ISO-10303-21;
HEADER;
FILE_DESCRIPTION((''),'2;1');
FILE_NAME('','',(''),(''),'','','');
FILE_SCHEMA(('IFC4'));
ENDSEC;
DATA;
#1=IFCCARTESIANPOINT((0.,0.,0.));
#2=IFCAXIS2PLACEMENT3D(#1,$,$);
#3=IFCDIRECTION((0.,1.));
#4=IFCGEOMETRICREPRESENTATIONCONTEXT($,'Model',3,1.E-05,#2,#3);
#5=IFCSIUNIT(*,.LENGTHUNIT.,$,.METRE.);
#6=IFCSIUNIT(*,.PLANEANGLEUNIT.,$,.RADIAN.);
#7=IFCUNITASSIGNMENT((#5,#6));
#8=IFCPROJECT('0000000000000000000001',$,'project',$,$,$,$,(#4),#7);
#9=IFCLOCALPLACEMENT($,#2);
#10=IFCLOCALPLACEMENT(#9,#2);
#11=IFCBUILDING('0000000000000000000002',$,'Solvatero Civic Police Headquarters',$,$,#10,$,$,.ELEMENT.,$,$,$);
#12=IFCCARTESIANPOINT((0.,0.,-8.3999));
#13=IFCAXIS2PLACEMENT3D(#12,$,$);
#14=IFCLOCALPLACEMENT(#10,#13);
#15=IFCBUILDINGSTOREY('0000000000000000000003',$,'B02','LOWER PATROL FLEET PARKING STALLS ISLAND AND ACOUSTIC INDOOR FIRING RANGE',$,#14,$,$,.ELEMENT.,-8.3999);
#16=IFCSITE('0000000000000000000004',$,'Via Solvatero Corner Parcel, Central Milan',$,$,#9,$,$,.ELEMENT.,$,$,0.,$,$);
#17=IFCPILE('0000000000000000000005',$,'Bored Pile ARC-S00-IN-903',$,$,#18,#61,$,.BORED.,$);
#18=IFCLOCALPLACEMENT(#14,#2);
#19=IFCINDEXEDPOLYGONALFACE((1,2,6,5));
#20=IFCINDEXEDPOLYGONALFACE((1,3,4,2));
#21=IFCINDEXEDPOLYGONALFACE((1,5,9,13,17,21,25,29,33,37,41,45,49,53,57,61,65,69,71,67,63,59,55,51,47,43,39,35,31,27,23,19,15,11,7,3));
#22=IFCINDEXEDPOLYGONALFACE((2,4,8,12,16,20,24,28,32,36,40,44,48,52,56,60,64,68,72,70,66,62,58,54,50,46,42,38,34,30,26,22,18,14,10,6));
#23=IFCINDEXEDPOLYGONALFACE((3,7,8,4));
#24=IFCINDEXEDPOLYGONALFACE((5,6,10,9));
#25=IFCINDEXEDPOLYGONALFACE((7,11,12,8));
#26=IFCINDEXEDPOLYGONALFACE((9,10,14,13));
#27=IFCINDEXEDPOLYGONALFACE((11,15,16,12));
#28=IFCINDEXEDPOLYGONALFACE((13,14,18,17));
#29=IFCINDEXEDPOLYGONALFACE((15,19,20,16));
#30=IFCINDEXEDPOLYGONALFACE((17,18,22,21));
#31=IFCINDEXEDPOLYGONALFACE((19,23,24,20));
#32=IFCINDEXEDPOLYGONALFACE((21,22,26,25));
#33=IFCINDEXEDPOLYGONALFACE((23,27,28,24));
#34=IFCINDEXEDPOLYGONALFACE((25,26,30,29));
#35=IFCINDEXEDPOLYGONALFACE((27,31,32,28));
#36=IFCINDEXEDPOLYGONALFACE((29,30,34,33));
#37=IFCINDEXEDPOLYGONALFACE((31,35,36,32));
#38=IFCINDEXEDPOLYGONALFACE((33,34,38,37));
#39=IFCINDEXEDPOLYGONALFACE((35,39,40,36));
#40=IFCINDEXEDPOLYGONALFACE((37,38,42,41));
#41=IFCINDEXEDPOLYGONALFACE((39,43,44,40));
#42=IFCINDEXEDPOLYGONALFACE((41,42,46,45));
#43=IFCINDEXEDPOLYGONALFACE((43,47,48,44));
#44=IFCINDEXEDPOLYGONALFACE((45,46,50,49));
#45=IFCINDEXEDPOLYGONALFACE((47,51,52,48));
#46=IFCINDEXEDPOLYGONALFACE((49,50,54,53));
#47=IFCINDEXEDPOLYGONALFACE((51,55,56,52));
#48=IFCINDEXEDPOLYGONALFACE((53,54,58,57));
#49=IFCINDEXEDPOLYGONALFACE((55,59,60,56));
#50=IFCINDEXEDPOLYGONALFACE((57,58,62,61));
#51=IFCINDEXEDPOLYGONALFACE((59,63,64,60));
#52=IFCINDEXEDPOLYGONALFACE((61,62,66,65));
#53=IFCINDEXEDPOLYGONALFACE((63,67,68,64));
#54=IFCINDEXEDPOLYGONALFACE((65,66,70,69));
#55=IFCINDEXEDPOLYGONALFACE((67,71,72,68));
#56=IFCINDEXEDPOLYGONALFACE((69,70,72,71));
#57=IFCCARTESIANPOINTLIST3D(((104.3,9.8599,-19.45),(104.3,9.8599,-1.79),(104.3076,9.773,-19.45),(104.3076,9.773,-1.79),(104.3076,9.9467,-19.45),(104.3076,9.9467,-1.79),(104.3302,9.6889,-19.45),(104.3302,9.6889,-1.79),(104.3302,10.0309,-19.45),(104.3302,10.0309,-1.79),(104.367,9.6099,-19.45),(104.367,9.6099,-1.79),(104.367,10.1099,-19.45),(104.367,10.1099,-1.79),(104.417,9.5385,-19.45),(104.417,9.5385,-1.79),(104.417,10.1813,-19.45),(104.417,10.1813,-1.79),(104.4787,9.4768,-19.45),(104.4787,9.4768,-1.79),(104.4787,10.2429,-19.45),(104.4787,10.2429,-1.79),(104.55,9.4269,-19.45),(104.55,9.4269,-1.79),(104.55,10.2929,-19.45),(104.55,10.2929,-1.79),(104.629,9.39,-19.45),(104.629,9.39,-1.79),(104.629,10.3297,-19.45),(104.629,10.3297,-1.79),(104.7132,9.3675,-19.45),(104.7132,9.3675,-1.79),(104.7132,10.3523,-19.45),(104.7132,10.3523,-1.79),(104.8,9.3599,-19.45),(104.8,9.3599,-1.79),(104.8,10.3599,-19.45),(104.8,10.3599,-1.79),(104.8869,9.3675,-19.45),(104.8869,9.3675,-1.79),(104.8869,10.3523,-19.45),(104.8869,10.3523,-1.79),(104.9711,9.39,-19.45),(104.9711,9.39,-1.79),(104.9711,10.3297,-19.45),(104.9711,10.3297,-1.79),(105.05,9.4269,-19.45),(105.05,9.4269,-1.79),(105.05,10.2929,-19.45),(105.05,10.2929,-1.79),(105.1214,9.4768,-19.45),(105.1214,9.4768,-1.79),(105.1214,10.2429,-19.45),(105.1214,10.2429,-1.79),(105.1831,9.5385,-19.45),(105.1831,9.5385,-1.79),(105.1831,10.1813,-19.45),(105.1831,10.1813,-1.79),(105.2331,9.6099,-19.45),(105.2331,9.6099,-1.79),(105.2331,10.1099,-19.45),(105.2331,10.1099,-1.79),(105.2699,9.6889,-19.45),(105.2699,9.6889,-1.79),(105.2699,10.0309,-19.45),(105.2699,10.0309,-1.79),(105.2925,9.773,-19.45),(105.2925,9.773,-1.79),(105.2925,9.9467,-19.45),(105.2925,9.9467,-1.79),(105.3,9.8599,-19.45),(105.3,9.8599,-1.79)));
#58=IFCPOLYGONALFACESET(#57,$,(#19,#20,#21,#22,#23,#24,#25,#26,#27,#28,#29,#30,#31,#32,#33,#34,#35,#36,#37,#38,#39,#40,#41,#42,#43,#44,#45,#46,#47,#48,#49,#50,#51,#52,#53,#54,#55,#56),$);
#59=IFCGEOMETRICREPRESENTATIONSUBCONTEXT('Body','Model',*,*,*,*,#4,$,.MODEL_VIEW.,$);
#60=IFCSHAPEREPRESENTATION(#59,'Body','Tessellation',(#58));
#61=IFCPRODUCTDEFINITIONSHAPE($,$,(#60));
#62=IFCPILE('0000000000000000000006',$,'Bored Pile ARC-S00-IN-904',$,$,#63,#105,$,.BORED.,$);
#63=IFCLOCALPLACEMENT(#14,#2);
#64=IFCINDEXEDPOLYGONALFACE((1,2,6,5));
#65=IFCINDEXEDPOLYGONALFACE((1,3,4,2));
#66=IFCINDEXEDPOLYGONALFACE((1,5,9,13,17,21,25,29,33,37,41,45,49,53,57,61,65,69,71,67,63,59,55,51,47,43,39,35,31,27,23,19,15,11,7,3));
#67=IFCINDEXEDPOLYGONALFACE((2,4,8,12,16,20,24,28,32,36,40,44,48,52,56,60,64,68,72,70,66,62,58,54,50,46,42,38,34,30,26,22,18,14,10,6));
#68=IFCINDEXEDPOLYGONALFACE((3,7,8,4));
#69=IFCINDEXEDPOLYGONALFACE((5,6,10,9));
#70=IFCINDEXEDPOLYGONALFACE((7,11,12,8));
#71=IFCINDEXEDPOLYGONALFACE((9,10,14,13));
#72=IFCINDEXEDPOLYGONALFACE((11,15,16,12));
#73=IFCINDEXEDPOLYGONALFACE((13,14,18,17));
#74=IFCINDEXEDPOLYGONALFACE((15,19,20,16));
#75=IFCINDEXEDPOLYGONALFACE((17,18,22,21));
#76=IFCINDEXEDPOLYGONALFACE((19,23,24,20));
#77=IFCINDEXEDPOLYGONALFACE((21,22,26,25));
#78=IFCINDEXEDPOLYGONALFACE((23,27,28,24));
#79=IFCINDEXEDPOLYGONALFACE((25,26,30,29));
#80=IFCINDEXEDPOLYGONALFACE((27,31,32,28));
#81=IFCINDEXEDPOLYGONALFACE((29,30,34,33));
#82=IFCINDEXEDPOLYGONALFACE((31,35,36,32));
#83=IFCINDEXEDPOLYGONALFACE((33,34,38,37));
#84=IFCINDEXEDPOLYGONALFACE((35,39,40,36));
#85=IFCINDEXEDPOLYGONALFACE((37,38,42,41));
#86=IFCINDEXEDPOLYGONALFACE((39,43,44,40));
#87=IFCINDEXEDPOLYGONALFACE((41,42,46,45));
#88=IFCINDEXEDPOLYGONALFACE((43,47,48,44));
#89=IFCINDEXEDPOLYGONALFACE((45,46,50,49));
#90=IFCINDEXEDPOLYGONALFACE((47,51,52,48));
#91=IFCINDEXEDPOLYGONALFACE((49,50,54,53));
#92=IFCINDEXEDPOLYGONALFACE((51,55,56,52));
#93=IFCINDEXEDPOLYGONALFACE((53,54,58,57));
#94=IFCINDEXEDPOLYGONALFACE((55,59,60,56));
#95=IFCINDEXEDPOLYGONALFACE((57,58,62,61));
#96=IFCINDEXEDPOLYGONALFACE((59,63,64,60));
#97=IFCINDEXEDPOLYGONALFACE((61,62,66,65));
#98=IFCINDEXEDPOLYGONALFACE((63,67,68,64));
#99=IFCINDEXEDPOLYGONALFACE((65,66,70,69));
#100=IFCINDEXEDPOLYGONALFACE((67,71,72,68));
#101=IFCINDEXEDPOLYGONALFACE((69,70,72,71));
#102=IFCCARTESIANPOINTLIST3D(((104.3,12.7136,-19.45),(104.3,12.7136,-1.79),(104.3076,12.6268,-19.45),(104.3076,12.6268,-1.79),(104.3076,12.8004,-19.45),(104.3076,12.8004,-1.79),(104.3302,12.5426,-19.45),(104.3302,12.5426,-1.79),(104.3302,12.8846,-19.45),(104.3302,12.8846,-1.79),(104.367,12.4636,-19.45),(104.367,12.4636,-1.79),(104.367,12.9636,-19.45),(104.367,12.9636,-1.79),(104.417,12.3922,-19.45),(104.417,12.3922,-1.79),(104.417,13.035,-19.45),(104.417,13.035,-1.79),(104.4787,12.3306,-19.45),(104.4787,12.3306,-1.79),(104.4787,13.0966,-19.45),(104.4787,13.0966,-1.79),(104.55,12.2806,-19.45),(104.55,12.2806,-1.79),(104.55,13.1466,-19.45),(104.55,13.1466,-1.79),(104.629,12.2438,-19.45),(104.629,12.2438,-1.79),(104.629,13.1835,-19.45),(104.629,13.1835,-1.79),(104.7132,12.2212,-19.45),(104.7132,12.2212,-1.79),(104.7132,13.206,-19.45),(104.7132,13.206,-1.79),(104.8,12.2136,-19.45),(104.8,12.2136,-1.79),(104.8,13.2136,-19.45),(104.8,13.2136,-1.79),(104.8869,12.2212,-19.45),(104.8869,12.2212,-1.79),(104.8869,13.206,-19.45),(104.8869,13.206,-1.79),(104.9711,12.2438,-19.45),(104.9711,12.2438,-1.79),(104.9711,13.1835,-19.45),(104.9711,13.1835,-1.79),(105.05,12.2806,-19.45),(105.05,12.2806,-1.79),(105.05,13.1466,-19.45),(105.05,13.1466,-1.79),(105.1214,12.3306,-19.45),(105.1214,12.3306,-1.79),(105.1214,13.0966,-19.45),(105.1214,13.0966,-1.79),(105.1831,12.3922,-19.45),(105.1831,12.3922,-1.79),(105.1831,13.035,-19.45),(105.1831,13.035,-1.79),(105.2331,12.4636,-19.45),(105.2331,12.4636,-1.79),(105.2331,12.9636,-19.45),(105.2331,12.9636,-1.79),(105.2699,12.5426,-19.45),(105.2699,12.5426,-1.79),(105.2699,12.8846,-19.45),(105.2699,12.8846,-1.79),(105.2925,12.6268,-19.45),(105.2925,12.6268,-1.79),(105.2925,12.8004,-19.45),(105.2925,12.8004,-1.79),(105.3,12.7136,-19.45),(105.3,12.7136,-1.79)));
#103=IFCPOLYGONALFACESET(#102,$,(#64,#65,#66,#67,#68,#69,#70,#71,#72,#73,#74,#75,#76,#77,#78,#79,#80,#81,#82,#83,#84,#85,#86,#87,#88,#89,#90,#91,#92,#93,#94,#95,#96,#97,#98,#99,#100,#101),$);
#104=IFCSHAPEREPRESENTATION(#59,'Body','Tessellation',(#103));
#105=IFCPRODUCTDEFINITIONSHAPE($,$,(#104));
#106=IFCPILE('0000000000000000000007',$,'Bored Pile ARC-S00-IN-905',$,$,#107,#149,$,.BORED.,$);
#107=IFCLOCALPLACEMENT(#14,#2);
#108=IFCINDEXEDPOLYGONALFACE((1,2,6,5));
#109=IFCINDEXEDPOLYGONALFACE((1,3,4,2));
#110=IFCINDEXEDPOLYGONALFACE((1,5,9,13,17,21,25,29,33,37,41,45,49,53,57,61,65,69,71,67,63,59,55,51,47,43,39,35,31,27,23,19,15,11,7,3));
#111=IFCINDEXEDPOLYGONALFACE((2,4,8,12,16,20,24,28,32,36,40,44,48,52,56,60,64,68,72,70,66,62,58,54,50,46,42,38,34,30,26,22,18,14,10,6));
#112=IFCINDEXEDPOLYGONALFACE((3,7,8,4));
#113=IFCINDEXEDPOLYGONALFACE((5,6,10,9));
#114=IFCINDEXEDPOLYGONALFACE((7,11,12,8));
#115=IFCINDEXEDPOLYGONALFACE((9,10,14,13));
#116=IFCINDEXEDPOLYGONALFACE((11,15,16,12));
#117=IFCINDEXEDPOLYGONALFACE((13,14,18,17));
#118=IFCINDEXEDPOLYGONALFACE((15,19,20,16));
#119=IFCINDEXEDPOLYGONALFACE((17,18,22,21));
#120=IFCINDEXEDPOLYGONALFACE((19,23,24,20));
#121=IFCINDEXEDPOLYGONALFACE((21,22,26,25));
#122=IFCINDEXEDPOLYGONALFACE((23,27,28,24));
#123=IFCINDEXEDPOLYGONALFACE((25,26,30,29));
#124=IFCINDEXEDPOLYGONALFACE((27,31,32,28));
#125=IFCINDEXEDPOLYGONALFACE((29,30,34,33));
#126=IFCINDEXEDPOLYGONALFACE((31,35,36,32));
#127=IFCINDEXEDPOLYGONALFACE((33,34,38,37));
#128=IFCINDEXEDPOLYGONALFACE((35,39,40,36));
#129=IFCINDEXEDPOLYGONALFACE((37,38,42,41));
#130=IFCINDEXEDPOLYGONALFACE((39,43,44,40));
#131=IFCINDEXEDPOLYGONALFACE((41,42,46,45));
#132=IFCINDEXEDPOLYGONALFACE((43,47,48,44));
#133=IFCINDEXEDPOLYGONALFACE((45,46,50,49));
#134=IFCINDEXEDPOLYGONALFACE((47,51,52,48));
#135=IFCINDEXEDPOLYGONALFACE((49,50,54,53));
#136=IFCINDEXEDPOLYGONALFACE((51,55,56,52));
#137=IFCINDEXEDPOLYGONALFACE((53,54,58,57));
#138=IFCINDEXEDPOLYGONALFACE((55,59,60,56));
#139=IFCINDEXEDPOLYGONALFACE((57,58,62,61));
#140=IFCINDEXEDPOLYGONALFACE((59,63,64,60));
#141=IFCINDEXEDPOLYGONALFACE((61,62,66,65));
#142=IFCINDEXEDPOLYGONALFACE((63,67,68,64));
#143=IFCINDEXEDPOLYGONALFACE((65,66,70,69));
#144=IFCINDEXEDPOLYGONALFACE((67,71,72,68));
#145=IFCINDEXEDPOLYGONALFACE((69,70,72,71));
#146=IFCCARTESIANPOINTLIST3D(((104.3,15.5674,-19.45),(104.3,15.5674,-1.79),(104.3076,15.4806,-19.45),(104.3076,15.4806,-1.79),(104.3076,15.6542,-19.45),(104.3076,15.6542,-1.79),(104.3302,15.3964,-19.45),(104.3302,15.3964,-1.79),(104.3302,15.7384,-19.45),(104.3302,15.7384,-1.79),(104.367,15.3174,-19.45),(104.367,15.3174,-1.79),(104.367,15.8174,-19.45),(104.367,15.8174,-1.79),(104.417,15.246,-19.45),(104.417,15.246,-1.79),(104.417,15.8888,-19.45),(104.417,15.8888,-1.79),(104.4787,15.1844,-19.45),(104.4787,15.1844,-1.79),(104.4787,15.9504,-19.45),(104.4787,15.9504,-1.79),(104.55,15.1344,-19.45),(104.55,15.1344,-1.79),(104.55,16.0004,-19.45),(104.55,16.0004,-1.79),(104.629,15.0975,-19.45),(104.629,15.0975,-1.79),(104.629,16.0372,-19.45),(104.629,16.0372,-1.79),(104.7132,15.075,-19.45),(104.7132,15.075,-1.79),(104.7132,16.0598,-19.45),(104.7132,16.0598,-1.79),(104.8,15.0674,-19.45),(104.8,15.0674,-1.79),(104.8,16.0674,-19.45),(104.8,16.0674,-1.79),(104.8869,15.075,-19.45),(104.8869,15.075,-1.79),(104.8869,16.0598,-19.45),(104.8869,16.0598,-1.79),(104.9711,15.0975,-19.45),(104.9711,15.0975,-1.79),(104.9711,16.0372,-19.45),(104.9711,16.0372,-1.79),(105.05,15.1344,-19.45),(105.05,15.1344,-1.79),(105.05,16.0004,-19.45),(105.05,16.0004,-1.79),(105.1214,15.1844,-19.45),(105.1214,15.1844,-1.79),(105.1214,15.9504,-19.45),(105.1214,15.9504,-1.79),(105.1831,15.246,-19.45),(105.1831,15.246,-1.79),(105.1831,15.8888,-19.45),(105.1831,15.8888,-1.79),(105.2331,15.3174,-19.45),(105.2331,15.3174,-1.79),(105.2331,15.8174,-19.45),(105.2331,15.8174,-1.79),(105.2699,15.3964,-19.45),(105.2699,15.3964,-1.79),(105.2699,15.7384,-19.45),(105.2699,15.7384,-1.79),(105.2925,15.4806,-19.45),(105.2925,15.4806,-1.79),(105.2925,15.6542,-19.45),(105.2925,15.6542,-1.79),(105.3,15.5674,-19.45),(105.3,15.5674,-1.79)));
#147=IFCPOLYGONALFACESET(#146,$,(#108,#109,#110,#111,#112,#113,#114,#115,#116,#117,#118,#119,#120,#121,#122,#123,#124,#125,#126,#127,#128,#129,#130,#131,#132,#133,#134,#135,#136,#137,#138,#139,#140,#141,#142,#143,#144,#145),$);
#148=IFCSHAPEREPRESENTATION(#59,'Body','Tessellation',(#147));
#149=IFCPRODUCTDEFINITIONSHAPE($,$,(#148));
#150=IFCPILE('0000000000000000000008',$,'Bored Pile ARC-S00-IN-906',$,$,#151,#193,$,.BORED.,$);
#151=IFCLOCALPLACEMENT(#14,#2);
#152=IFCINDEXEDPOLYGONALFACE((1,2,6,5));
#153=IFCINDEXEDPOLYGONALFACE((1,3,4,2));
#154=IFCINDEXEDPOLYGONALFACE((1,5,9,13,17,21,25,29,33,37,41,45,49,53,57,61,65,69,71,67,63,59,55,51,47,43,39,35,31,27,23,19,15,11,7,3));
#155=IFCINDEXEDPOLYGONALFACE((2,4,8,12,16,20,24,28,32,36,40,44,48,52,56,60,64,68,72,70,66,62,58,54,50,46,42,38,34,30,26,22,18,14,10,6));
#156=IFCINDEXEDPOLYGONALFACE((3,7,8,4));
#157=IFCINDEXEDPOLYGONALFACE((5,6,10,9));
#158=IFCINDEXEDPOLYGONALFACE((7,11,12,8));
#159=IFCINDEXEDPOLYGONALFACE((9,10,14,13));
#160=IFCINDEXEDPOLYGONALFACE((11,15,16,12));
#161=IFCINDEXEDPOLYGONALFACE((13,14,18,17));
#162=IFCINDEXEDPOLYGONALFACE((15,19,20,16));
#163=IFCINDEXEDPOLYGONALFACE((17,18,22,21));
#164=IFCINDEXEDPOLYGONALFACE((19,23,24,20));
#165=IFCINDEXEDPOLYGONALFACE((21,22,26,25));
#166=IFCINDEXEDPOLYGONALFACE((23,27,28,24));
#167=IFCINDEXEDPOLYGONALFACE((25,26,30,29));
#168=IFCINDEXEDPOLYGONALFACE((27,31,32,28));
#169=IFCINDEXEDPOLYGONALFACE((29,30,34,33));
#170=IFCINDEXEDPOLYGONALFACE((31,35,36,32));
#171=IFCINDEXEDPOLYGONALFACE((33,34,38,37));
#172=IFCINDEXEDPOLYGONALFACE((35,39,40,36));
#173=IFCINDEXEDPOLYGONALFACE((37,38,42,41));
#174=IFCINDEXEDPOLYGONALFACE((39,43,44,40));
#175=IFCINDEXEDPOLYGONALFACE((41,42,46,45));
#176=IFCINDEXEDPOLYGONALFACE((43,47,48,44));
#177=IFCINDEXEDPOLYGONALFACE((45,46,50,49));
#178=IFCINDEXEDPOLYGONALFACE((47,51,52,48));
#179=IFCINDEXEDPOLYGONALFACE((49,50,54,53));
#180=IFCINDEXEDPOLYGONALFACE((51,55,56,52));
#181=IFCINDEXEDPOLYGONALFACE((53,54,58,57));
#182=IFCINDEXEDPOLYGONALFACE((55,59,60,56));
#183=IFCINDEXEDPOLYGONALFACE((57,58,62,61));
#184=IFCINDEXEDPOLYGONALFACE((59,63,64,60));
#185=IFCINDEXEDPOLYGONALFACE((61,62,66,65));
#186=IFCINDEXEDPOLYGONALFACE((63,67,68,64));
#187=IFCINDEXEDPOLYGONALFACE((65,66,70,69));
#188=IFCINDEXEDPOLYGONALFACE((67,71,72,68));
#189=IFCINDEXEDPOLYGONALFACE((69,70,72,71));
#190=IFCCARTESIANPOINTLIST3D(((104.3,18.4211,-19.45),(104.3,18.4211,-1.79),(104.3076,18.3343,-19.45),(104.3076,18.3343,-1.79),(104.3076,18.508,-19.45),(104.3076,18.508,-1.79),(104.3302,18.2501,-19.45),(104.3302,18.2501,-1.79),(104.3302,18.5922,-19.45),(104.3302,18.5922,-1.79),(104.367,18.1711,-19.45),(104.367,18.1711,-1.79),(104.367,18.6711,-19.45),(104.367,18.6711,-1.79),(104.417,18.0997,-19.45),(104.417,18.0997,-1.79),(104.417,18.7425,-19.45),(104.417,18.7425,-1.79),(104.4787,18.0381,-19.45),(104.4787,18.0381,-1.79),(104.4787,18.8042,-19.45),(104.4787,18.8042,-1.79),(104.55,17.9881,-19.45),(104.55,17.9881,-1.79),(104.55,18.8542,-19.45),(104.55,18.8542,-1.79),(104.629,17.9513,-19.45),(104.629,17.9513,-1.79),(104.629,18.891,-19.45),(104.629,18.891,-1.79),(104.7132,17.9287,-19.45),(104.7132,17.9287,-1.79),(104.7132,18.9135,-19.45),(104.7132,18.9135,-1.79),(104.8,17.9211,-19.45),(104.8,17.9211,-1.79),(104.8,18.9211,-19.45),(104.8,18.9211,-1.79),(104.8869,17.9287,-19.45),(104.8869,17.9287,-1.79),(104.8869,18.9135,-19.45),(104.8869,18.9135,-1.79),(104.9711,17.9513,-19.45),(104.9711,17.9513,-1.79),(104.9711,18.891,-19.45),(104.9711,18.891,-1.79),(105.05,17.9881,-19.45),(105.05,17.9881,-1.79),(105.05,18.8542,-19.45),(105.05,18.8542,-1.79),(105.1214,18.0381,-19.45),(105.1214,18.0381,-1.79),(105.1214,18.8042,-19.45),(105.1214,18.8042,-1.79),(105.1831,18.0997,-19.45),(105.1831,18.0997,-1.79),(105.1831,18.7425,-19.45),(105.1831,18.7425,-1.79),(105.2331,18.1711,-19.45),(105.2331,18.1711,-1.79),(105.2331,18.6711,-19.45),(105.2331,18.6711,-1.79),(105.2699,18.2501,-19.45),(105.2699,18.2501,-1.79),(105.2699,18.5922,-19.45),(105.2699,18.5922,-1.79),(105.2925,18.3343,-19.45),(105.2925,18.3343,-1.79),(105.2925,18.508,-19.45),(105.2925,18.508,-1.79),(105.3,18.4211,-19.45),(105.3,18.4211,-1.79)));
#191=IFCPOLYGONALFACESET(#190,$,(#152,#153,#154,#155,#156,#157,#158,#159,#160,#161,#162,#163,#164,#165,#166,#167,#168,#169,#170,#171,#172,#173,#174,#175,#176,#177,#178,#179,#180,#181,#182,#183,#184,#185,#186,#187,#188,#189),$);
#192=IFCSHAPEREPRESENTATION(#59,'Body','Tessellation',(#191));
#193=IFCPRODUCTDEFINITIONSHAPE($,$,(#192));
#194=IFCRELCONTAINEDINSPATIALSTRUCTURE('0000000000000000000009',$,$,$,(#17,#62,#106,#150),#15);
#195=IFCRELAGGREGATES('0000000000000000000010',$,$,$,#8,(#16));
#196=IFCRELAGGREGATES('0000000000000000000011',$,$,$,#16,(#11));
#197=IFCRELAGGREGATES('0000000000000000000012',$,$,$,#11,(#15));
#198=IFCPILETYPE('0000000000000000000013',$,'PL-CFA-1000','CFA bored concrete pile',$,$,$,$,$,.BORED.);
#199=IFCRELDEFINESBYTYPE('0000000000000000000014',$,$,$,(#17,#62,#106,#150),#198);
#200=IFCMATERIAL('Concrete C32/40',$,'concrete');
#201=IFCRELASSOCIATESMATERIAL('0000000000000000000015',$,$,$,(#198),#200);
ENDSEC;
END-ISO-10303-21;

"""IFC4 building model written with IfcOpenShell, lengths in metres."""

from ifc_helpers import new_model, si_unit, direction, frame, origin, origin_2d, place, context, subcontext, project, spatial, circle, extrude, material, material_profile, profile_set, type_object, element, save


model = new_model("IFC4")

# Units and contexts
model_context = context("Model", 3, precision=1e-05, world=origin(), true_north=direction((0.0, 1.0)))
body_context = subcontext(model_context, "Body", "Model", "MODEL_VIEW")
ifc_project = project(units=[si_unit("LENGTHUNIT", "METRE"), si_unit("PLANEANGLEUNIT", "RADIAN")], contexts=[model_context])

# Site, building, storey
site_placement = place(None, origin())
site = spatial("IfcSite", under=ifc_project, at=site_placement, Name="Via Solvatero Corner Parcel, Central Milan", CompositionType="ELEMENT", RefElevation=0.0)
building_placement = place(site_placement, origin())
building = spatial("IfcBuilding", under=site, at=building_placement, Name="Solvatero Civic Police Headquarters", CompositionType="ELEMENT")
storey_placement = place(building_placement, frame((0.0, 0.0, -8.3999)))
storey = spatial("IfcBuildingStorey", under=building, at=storey_placement, Name="B02", Description="LOWER PATROL FLEET PARKING STALLS ISLAND AND ACOUSTIC INDOOR FIRING RANGE", CompositionType="ELEMENT", Elevation=-8.3999)

# Piles
ifc_material_1 = material(Name="Concrete C32/40", Category="concrete")
ifc_material_profile_1 = material_profile(ifc_material_1, circle(Radius=0.5, at=origin_2d()), Name="CFA PILE D1000")
ifc_profile_set_1 = profile_set([ifc_material_profile_1], Name="Concrete C32/40")
pile_type = type_object("IfcPileType", Name="PL-CFA-1000", Description="CFA bored concrete pile", PredefinedType="BORED", material=ifc_profile_set_1)
for number, where, z_axis, x_axis, name in (
    (1, (104.8, 9.8599, -1.79), (0.0, 0.0, -1.0), (1.0, 0.0, 0.0), "Bored Pile ARC-S00-IN-903"),
    (2, (104.8, 12.7136, -1.79), (0.0, 0.0, -1.0), (1.0, 0.0, 0.0), "Bored Pile ARC-S00-IN-904"),
    (3, (104.8, 15.5674, -1.79), (0.0, 0.0, -1.0), (1.0, 0.0, 0.0), "Bored Pile ARC-S00-IN-905"),
    (4, (104.8, 18.4211, -1.79), (0.0, 0.0, -1.0), (1.0, 0.0, 0.0), "Bored Pile ARC-S00-IN-906"),
):
    element("IfcPile", number, at=place(storey_placement, frame(where, z_axis=z_axis, x_axis=x_axis)), inside=storey, type_object=pile_type, Name=name, PredefinedType="BORED", context=body_context, shape_type="SweptSolid", body=[
        extrude(circle(Radius=0.5, at=origin_2d()), origin(), (0.0, 0.0, 1.0), 17.6599),
    ])

save(model, "model.ifc")
